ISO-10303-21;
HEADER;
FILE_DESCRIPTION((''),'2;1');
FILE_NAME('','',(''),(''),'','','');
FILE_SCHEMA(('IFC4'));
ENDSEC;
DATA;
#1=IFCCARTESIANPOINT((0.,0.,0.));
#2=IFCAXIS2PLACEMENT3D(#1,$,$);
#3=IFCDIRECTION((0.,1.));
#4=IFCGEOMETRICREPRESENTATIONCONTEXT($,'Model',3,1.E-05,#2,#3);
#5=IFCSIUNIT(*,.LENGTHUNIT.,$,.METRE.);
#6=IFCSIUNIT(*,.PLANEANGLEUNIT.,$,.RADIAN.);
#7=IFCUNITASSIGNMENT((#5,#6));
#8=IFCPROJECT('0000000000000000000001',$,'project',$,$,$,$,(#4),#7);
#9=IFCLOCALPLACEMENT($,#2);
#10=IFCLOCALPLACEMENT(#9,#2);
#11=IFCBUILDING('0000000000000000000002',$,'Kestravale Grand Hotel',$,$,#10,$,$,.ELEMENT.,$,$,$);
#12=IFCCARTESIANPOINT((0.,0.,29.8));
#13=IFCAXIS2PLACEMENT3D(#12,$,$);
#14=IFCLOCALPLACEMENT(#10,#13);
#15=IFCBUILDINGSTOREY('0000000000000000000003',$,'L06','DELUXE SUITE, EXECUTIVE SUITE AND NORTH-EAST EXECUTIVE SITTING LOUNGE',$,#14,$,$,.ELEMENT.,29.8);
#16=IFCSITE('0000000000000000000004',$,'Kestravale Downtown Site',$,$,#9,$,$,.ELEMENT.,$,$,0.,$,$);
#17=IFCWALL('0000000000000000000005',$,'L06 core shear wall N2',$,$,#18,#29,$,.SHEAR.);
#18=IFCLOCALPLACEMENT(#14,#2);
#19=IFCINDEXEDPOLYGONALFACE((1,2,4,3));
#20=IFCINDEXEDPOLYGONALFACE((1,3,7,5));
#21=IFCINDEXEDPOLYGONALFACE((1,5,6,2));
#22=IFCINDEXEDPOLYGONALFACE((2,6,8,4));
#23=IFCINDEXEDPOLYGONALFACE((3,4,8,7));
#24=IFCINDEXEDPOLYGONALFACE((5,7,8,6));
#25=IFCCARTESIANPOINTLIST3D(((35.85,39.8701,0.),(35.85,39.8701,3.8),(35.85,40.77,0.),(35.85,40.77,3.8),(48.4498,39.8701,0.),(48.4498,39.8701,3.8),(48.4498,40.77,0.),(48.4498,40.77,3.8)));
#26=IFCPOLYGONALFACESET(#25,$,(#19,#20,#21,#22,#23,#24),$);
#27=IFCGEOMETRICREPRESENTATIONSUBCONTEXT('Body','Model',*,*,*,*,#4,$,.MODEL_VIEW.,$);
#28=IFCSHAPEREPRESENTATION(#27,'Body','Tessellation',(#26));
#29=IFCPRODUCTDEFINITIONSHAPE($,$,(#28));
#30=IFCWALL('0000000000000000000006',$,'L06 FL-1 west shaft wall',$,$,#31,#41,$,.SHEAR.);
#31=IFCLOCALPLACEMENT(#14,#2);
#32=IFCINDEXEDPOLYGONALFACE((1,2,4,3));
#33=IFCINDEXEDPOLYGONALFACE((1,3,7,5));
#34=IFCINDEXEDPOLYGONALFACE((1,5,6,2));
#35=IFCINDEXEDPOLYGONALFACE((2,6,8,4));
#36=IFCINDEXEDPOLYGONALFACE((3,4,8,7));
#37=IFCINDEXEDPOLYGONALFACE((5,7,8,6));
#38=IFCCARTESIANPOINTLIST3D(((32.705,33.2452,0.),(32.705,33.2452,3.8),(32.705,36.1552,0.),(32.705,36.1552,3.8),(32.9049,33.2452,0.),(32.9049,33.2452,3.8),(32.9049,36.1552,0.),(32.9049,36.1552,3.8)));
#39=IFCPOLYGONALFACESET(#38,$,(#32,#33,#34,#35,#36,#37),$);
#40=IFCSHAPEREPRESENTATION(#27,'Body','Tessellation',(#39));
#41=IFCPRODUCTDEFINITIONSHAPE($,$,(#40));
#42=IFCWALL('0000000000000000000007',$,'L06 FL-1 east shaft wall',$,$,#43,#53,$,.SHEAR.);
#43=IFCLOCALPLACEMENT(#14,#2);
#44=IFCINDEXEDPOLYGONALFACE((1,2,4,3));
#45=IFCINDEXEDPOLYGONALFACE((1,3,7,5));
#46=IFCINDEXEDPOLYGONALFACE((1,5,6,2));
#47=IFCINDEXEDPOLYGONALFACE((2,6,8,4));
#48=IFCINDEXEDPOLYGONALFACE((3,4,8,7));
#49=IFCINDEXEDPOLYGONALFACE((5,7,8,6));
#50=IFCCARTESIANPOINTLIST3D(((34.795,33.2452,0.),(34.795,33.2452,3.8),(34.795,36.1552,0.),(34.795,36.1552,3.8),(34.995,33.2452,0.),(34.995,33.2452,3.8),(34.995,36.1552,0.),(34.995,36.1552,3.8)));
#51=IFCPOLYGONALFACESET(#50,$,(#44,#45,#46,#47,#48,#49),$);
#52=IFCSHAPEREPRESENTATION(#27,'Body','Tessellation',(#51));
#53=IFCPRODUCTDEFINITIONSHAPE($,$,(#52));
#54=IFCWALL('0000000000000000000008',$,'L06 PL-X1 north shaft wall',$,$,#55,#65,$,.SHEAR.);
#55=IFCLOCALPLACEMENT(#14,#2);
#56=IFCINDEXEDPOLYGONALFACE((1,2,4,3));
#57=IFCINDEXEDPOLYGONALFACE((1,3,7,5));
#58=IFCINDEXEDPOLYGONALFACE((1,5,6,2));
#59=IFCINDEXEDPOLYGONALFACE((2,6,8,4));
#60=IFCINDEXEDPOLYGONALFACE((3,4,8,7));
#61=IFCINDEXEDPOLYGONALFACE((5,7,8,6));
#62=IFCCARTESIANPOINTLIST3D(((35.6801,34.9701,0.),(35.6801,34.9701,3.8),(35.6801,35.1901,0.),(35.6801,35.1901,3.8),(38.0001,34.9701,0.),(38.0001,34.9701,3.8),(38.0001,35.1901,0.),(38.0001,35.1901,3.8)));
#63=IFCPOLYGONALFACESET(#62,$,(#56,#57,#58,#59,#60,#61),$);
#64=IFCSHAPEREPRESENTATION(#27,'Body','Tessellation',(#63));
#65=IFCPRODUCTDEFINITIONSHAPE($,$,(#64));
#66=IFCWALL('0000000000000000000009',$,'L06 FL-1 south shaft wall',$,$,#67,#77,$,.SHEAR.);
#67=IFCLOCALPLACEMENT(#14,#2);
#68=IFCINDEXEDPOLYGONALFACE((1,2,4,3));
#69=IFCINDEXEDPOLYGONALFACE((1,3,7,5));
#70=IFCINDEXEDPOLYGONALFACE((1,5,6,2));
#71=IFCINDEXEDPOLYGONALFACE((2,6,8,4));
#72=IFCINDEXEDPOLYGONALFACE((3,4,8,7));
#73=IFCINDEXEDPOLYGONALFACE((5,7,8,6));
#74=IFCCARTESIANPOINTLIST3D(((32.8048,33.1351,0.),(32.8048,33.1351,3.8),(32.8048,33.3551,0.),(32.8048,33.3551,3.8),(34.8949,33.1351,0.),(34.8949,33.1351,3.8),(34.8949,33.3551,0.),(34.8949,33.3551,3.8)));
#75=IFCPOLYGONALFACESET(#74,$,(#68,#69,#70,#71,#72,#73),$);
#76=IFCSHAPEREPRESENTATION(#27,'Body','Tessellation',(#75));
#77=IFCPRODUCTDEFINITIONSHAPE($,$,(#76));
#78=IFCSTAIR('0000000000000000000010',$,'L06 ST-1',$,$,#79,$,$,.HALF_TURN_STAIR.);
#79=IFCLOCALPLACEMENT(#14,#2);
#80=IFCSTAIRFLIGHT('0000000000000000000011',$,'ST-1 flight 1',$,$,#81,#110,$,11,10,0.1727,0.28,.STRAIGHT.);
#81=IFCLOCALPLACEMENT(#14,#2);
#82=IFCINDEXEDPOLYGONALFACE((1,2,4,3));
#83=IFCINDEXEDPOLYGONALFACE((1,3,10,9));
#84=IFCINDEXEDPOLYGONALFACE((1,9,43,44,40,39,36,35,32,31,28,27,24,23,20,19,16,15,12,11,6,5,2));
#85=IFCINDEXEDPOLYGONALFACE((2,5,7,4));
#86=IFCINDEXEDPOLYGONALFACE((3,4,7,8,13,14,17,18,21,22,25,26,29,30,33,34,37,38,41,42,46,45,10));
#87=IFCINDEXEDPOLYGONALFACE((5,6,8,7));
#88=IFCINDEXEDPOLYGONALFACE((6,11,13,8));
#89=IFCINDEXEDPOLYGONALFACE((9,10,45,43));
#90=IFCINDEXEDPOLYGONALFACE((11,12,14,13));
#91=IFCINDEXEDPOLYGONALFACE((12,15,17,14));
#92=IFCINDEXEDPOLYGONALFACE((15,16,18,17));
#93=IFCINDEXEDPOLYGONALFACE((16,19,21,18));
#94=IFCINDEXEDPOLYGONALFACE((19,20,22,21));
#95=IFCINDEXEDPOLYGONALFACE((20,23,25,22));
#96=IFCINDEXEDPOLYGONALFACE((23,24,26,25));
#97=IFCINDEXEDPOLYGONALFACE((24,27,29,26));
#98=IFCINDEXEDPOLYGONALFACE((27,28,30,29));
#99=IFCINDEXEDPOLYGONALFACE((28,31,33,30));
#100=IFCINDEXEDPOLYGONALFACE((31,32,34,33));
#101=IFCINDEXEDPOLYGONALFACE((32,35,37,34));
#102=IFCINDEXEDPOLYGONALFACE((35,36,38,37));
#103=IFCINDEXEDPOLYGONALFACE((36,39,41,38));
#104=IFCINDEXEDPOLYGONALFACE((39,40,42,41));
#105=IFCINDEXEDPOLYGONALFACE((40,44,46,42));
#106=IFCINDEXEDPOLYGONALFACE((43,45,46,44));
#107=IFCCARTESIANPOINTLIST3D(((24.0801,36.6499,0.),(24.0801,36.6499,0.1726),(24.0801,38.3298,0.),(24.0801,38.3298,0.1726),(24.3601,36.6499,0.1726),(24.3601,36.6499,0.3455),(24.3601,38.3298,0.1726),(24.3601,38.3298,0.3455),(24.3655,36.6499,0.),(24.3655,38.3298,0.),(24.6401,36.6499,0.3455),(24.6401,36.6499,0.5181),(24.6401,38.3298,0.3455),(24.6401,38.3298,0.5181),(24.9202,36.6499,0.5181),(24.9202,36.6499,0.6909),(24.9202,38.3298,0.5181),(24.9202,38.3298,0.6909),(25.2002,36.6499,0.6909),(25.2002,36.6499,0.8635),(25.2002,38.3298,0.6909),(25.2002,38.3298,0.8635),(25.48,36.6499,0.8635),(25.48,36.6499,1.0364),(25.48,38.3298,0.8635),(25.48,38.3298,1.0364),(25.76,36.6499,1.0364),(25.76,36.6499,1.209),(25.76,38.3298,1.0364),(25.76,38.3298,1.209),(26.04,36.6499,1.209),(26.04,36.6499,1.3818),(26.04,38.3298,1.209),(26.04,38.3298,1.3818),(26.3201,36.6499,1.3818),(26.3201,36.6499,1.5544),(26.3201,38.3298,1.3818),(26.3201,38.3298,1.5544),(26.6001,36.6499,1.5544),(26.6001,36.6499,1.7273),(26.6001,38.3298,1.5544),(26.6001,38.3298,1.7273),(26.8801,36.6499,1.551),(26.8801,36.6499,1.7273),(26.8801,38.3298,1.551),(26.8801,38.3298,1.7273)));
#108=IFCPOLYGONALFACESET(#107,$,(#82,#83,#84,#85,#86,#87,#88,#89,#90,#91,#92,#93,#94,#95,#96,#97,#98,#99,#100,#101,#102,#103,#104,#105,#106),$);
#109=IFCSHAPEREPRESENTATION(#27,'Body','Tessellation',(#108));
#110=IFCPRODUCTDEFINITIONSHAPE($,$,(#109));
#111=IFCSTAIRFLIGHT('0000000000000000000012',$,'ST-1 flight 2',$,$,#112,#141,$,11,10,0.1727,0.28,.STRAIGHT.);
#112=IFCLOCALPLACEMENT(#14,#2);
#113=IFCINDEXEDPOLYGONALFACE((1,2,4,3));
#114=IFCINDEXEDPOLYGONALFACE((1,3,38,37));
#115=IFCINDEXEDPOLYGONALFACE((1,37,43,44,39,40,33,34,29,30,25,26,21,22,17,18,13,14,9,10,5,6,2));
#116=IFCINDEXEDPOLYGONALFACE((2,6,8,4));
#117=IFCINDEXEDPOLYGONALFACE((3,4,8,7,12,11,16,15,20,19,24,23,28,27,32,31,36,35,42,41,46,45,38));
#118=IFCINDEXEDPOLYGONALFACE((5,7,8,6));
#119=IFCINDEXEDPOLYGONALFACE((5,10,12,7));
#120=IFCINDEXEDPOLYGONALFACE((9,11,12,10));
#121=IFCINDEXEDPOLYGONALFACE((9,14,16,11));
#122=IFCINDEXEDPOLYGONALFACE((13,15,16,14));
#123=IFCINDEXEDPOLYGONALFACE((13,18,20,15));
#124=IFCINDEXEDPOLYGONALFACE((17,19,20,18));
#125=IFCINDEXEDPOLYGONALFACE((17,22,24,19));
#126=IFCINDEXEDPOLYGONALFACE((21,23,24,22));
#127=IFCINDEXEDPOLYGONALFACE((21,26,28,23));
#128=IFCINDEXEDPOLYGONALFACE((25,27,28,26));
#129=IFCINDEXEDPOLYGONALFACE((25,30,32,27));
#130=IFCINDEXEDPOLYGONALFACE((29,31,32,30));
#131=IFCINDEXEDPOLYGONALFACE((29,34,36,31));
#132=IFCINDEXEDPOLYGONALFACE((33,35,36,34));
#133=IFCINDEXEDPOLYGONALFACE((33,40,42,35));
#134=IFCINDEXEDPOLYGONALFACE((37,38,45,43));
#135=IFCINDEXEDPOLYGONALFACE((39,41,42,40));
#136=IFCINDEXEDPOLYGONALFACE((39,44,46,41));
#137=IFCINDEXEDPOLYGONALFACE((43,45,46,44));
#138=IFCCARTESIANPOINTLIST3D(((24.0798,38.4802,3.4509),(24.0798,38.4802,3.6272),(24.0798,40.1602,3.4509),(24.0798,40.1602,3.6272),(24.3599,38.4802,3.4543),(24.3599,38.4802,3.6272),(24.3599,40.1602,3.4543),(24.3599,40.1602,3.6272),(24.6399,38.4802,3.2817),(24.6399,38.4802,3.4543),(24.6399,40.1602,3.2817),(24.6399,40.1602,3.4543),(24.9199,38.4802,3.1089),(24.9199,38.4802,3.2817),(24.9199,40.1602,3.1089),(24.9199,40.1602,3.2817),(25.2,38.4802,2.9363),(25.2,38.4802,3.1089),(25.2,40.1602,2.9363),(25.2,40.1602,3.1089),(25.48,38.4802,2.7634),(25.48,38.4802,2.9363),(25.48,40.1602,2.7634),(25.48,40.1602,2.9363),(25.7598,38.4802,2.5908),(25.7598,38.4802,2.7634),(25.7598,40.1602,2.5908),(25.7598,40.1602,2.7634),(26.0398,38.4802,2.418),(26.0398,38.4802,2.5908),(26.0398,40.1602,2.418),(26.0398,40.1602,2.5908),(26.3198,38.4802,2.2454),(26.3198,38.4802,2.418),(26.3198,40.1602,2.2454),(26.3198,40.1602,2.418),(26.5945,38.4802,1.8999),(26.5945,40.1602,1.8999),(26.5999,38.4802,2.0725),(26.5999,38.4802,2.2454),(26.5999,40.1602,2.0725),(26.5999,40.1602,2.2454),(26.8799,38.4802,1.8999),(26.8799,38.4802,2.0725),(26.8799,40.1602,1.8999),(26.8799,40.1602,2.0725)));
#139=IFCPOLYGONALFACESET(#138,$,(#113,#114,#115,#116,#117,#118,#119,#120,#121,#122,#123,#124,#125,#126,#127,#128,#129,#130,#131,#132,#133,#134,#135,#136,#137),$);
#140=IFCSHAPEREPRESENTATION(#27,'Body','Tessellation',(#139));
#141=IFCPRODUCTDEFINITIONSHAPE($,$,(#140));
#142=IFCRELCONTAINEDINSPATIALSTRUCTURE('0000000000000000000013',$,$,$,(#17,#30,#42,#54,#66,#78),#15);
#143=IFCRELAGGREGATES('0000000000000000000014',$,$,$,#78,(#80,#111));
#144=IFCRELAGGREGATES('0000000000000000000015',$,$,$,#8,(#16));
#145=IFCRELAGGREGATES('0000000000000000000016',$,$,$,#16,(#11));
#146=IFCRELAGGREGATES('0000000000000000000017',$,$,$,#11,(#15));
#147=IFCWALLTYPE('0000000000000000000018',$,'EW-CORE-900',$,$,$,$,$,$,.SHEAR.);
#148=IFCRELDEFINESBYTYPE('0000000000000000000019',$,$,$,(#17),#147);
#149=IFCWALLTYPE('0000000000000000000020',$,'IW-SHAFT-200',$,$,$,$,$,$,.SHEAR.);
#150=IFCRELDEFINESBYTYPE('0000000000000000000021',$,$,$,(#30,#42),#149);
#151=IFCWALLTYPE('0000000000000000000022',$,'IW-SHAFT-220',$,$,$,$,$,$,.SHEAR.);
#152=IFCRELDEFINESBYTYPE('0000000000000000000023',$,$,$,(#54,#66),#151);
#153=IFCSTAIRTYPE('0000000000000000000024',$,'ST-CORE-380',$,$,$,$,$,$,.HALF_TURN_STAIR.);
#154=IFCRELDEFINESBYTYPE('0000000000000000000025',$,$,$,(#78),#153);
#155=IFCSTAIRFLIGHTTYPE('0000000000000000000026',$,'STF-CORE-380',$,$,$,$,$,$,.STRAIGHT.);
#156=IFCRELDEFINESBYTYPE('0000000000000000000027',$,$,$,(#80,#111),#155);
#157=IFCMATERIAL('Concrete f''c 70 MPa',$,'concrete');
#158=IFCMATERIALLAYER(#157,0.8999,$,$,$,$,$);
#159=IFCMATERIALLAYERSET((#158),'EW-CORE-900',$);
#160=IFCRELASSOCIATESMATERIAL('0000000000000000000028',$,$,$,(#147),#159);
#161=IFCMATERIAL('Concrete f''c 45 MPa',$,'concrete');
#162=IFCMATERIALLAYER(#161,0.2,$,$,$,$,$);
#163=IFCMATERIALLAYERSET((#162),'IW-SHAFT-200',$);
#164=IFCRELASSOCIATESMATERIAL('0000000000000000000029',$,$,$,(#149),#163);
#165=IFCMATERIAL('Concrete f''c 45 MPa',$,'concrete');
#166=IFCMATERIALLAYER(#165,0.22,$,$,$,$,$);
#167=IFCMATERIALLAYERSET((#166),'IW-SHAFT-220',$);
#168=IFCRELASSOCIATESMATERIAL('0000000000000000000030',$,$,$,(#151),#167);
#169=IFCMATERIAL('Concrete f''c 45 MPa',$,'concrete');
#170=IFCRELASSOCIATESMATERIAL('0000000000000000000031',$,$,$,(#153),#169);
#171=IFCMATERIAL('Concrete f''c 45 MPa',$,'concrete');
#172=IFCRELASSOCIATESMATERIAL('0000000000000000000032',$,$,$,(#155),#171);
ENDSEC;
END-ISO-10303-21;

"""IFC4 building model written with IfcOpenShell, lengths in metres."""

from ifc_helpers import new_model, si_unit, direction, frame, frame_2d, origin, place, context, subcontext, project, spatial, polyline, rectangle, outline, extrude, material, layer, layer_set, type_object, element, aggregate, save


model = new_model("IFC4")

# Units and contexts
model_context = context("Model", 3, precision=1e-05, world=origin(), true_north=direction((0.0, 1.0)))
body_context = subcontext(model_context, "Body", "Model", "MODEL_VIEW")
ifc_project = project(units=[si_unit("LENGTHUNIT", "METRE"), si_unit("PLANEANGLEUNIT", "RADIAN")], contexts=[model_context])

# Site, building, storey
site_placement = place(None, origin())
site = spatial("IfcSite", under=ifc_project, at=site_placement, Name="Kestravale Downtown Site", CompositionType="ELEMENT", RefElevation=0.0)
building_placement = place(site_placement, origin())
building = spatial("IfcBuilding", under=site, at=building_placement, Name="Kestravale Grand Hotel", CompositionType="ELEMENT")
storey_placement = place(building_placement, frame((0.0, 0.0, 29.8)))
storey = spatial("IfcBuildingStorey", under=building, at=storey_placement, Name="L06", Description="DELUXE SUITE, EXECUTIVE SUITE AND NORTH-EAST EXECUTIVE SITTING LOUNGE", CompositionType="ELEMENT", Elevation=29.8)

# Wall
ifc_material_1 = material(Name="Concrete f'c 70 MPa", Category="concrete")
ifc_layer_1 = layer(ifc_material_1, 0.8999)
ifc_layer_set_1 = layer_set([ifc_layer_1], Name="EW-CORE-900")
wall_type_1 = type_object("IfcWallType", Name="EW-CORE-900", PredefinedType="SHEAR", material=ifc_layer_set_1)
wall_1_placement = place(storey_placement, frame((35.8501, 40.3201, 0.0), z_axis=(0.0, 0.0, 1.0), x_axis=(1.0, 0.0, 0.0)))
element("IfcWall", 1, at=wall_1_placement, inside=storey, type_object=wall_type_1, Name="L06 core shear wall N2", PredefinedType="SHEAR", context=body_context, shape_type="SweptSolid", body=[
    extrude(rectangle(XDim=12.5999, YDim=0.8999, at=frame_2d((6.2998, 0.0))), origin(), (0.0, 0.0, 1.0), 3.8),
])

# Walls
ifc_material_2 = material(Name="Concrete f'c 45 MPa", Category="concrete")
ifc_layer_2 = layer(ifc_material_2, 0.2)
ifc_layer_set_2 = layer_set([ifc_layer_2], Name="IW-SHAFT-200")
wall_type_2 = type_object("IfcWallType", Name="IW-SHAFT-200", PredefinedType="SHEAR", material=ifc_layer_set_2)
for number, where, z_axis, x_axis, name in (
    (2, (32.8049, 33.2451, 0.0), (0.0, 0.0, 1.0), (0.0, 1.0, 0.0), "L06 FL-1 west shaft wall"),
    (3, (34.895, 33.2451, 0.0), (0.0, 0.0, 1.0), (0.0, 1.0, 0.0), "L06 FL-1 east shaft wall"),
):
    element("IfcWall", number, at=place(storey_placement, frame(where, z_axis=z_axis, x_axis=x_axis)), inside=storey, type_object=wall_type_2, Name=name, PredefinedType="SHEAR", context=body_context, shape_type="SweptSolid", body=[
        extrude(rectangle(XDim=2.9099, YDim=0.2, at=frame_2d((1.4551, 0.0))), origin(), (0.0, 0.0, 1.0), 3.8),
    ])
ifc_material_3 = material(Name="Concrete f'c 45 MPa", Category="concrete")
ifc_layer_3 = layer(ifc_material_3, 0.22)
ifc_layer_set_3 = layer_set([ifc_layer_3], Name="IW-SHAFT-220")
wall_type_3 = type_object("IfcWallType", Name="IW-SHAFT-220", PredefinedType="SHEAR", material=ifc_layer_set_3)
wall_2_placement = place(storey_placement, frame((35.6799, 35.0801, 0.0), z_axis=(0.0, 0.0, 1.0), x_axis=(1.0, 0.0, 0.0)))
element("IfcWall", 4, at=wall_2_placement, inside=storey, type_object=wall_type_3, Name="L06 PL-X1 north shaft wall", PredefinedType="SHEAR", context=body_context, shape_type="SweptSolid", body=[
    extrude(rectangle(XDim=2.3201, YDim=0.22, at=frame_2d((1.1602, 0.0))), origin(), (0.0, 0.0, 1.0), 3.8),
])

# Wall
wall_3_placement = place(storey_placement, frame((32.8049, 33.2451, 0.0), z_axis=(0.0, 0.0, 1.0), x_axis=(1.0, 0.0, 0.0)))
element("IfcWall", 5, at=wall_3_placement, inside=storey, type_object=wall_type_3, Name="L06 FL-1 south shaft wall", PredefinedType="SHEAR", context=body_context, shape_type="SweptSolid", body=[
    extrude(rectangle(XDim=2.0901, YDim=0.22, at=frame_2d((1.0449, 0.0))), origin(), (0.0, 0.0, 1.0), 3.8),
])

# Stair, stair flights
ifc_material_4 = material(Name="Concrete f'c 45 MPa", Category="concrete")
stair_type = type_object("IfcStairType", Name="ST-CORE-380", PredefinedType="HALF_TURN_STAIR", material=ifc_material_4)
stair_placement = place(storey_placement, origin())
stair = element("IfcStair", 6, at=stair_placement, inside=storey, type_object=stair_type, Name="L06 ST-1", PredefinedType="HALF_TURN_STAIR")
ifc_material_5 = material(Name="Concrete f'c 45 MPa", Category="concrete")
stair_flight_type = type_object("IfcStairFlightType", Name="STF-CORE-380", PredefinedType="STRAIGHT", material=ifc_material_5)
stair_flight_1_placement = place(storey_placement, frame((24.0801, 37.49, 0.0), z_axis=(0.0, 0.0, 1.0), x_axis=(1.0, 0.0, 0.0)))
stair_flight_1 = element("IfcStairFlight", 7, at=stair_flight_1_placement, type_object=stair_flight_type, Name="ST-1 flight 1", NumberOfRisers=11, NumberOfTreads=10, PredefinedType="STRAIGHT", RiserHeight=0.1727, TreadLength=0.28, context=body_context, shape_type="SweptSolid", body=[
    extrude(outline(polyline([(0.0, 0.0), (0.0, 0.1726), (0.28, 0.1726), (0.28, 0.3455), (0.5601, 0.3455), (0.5601, 0.5181), (0.8401, 0.5181), (0.8401, 0.6909), (1.1201, 0.6909), (1.1201, 0.8635), (1.3999, 0.8635), (1.3999, 1.0364), (1.6799, 1.0364), (1.6799, 1.209), (1.96, 1.209), (1.96, 1.3818), (2.24, 1.3818), (2.24, 1.5544), (2.52, 1.5544), (2.52, 1.7273), (2.8, 1.7273), (2.8, 1.8999), (2.8, 1.551), (0.2854, 0.0), (0.0, 0.0)])), frame((0.0, 0.8398, 0.0), z_axis=(0.0, -1.0, 0.0), x_axis=(1.0, 0.0, 0.0)), (0.0, 0.0, 1.0), 1.6799),
])
stair_flight_2_placement = place(storey_placement, frame((26.8799, 39.3201, 1.8999), z_axis=(0.0, 0.0, 1.0), x_axis=(-1.0, 0.0, 0.0)))
stair_flight_2 = element("IfcStairFlight", 8, at=stair_flight_2_placement, type_object=stair_flight_type, Name="ST-1 flight 2", NumberOfRisers=11, NumberOfTreads=10, PredefinedType="STRAIGHT", RiserHeight=0.1727, TreadLength=0.28, context=body_context, shape_type="SweptSolid", body=[
    extrude(outline(polyline([(0.0, 0.0), (0.0, 0.1726), (0.28, 0.1726), (0.28, 0.3455), (0.5601, 0.3455), (0.5601, 0.5181), (0.8401, 0.5181), (0.8401, 0.6909), (1.1201, 0.6909), (1.1201, 0.8635), (1.3999, 0.8635), (1.3999, 1.0364), (1.6799, 1.0364), (1.6799, 1.209), (1.96, 1.209), (1.96, 1.3818), (2.24, 1.3818), (2.24, 1.5544), (2.52, 1.5544), (2.52, 1.7273), (2.8, 1.7273), (2.8, 1.8999), (2.8, 1.551), (0.2854, 0.0), (0.0, 0.0)])), frame((0.0, 0.8398, 0.0), z_axis=(0.0, -1.0, 0.0), x_axis=(1.0, 0.0, 0.0)), (0.0, 0.0, 1.0), 1.6799),
])
aggregate(stair, [stair_flight_1, stair_flight_2])

save(model, "model.ifc")
